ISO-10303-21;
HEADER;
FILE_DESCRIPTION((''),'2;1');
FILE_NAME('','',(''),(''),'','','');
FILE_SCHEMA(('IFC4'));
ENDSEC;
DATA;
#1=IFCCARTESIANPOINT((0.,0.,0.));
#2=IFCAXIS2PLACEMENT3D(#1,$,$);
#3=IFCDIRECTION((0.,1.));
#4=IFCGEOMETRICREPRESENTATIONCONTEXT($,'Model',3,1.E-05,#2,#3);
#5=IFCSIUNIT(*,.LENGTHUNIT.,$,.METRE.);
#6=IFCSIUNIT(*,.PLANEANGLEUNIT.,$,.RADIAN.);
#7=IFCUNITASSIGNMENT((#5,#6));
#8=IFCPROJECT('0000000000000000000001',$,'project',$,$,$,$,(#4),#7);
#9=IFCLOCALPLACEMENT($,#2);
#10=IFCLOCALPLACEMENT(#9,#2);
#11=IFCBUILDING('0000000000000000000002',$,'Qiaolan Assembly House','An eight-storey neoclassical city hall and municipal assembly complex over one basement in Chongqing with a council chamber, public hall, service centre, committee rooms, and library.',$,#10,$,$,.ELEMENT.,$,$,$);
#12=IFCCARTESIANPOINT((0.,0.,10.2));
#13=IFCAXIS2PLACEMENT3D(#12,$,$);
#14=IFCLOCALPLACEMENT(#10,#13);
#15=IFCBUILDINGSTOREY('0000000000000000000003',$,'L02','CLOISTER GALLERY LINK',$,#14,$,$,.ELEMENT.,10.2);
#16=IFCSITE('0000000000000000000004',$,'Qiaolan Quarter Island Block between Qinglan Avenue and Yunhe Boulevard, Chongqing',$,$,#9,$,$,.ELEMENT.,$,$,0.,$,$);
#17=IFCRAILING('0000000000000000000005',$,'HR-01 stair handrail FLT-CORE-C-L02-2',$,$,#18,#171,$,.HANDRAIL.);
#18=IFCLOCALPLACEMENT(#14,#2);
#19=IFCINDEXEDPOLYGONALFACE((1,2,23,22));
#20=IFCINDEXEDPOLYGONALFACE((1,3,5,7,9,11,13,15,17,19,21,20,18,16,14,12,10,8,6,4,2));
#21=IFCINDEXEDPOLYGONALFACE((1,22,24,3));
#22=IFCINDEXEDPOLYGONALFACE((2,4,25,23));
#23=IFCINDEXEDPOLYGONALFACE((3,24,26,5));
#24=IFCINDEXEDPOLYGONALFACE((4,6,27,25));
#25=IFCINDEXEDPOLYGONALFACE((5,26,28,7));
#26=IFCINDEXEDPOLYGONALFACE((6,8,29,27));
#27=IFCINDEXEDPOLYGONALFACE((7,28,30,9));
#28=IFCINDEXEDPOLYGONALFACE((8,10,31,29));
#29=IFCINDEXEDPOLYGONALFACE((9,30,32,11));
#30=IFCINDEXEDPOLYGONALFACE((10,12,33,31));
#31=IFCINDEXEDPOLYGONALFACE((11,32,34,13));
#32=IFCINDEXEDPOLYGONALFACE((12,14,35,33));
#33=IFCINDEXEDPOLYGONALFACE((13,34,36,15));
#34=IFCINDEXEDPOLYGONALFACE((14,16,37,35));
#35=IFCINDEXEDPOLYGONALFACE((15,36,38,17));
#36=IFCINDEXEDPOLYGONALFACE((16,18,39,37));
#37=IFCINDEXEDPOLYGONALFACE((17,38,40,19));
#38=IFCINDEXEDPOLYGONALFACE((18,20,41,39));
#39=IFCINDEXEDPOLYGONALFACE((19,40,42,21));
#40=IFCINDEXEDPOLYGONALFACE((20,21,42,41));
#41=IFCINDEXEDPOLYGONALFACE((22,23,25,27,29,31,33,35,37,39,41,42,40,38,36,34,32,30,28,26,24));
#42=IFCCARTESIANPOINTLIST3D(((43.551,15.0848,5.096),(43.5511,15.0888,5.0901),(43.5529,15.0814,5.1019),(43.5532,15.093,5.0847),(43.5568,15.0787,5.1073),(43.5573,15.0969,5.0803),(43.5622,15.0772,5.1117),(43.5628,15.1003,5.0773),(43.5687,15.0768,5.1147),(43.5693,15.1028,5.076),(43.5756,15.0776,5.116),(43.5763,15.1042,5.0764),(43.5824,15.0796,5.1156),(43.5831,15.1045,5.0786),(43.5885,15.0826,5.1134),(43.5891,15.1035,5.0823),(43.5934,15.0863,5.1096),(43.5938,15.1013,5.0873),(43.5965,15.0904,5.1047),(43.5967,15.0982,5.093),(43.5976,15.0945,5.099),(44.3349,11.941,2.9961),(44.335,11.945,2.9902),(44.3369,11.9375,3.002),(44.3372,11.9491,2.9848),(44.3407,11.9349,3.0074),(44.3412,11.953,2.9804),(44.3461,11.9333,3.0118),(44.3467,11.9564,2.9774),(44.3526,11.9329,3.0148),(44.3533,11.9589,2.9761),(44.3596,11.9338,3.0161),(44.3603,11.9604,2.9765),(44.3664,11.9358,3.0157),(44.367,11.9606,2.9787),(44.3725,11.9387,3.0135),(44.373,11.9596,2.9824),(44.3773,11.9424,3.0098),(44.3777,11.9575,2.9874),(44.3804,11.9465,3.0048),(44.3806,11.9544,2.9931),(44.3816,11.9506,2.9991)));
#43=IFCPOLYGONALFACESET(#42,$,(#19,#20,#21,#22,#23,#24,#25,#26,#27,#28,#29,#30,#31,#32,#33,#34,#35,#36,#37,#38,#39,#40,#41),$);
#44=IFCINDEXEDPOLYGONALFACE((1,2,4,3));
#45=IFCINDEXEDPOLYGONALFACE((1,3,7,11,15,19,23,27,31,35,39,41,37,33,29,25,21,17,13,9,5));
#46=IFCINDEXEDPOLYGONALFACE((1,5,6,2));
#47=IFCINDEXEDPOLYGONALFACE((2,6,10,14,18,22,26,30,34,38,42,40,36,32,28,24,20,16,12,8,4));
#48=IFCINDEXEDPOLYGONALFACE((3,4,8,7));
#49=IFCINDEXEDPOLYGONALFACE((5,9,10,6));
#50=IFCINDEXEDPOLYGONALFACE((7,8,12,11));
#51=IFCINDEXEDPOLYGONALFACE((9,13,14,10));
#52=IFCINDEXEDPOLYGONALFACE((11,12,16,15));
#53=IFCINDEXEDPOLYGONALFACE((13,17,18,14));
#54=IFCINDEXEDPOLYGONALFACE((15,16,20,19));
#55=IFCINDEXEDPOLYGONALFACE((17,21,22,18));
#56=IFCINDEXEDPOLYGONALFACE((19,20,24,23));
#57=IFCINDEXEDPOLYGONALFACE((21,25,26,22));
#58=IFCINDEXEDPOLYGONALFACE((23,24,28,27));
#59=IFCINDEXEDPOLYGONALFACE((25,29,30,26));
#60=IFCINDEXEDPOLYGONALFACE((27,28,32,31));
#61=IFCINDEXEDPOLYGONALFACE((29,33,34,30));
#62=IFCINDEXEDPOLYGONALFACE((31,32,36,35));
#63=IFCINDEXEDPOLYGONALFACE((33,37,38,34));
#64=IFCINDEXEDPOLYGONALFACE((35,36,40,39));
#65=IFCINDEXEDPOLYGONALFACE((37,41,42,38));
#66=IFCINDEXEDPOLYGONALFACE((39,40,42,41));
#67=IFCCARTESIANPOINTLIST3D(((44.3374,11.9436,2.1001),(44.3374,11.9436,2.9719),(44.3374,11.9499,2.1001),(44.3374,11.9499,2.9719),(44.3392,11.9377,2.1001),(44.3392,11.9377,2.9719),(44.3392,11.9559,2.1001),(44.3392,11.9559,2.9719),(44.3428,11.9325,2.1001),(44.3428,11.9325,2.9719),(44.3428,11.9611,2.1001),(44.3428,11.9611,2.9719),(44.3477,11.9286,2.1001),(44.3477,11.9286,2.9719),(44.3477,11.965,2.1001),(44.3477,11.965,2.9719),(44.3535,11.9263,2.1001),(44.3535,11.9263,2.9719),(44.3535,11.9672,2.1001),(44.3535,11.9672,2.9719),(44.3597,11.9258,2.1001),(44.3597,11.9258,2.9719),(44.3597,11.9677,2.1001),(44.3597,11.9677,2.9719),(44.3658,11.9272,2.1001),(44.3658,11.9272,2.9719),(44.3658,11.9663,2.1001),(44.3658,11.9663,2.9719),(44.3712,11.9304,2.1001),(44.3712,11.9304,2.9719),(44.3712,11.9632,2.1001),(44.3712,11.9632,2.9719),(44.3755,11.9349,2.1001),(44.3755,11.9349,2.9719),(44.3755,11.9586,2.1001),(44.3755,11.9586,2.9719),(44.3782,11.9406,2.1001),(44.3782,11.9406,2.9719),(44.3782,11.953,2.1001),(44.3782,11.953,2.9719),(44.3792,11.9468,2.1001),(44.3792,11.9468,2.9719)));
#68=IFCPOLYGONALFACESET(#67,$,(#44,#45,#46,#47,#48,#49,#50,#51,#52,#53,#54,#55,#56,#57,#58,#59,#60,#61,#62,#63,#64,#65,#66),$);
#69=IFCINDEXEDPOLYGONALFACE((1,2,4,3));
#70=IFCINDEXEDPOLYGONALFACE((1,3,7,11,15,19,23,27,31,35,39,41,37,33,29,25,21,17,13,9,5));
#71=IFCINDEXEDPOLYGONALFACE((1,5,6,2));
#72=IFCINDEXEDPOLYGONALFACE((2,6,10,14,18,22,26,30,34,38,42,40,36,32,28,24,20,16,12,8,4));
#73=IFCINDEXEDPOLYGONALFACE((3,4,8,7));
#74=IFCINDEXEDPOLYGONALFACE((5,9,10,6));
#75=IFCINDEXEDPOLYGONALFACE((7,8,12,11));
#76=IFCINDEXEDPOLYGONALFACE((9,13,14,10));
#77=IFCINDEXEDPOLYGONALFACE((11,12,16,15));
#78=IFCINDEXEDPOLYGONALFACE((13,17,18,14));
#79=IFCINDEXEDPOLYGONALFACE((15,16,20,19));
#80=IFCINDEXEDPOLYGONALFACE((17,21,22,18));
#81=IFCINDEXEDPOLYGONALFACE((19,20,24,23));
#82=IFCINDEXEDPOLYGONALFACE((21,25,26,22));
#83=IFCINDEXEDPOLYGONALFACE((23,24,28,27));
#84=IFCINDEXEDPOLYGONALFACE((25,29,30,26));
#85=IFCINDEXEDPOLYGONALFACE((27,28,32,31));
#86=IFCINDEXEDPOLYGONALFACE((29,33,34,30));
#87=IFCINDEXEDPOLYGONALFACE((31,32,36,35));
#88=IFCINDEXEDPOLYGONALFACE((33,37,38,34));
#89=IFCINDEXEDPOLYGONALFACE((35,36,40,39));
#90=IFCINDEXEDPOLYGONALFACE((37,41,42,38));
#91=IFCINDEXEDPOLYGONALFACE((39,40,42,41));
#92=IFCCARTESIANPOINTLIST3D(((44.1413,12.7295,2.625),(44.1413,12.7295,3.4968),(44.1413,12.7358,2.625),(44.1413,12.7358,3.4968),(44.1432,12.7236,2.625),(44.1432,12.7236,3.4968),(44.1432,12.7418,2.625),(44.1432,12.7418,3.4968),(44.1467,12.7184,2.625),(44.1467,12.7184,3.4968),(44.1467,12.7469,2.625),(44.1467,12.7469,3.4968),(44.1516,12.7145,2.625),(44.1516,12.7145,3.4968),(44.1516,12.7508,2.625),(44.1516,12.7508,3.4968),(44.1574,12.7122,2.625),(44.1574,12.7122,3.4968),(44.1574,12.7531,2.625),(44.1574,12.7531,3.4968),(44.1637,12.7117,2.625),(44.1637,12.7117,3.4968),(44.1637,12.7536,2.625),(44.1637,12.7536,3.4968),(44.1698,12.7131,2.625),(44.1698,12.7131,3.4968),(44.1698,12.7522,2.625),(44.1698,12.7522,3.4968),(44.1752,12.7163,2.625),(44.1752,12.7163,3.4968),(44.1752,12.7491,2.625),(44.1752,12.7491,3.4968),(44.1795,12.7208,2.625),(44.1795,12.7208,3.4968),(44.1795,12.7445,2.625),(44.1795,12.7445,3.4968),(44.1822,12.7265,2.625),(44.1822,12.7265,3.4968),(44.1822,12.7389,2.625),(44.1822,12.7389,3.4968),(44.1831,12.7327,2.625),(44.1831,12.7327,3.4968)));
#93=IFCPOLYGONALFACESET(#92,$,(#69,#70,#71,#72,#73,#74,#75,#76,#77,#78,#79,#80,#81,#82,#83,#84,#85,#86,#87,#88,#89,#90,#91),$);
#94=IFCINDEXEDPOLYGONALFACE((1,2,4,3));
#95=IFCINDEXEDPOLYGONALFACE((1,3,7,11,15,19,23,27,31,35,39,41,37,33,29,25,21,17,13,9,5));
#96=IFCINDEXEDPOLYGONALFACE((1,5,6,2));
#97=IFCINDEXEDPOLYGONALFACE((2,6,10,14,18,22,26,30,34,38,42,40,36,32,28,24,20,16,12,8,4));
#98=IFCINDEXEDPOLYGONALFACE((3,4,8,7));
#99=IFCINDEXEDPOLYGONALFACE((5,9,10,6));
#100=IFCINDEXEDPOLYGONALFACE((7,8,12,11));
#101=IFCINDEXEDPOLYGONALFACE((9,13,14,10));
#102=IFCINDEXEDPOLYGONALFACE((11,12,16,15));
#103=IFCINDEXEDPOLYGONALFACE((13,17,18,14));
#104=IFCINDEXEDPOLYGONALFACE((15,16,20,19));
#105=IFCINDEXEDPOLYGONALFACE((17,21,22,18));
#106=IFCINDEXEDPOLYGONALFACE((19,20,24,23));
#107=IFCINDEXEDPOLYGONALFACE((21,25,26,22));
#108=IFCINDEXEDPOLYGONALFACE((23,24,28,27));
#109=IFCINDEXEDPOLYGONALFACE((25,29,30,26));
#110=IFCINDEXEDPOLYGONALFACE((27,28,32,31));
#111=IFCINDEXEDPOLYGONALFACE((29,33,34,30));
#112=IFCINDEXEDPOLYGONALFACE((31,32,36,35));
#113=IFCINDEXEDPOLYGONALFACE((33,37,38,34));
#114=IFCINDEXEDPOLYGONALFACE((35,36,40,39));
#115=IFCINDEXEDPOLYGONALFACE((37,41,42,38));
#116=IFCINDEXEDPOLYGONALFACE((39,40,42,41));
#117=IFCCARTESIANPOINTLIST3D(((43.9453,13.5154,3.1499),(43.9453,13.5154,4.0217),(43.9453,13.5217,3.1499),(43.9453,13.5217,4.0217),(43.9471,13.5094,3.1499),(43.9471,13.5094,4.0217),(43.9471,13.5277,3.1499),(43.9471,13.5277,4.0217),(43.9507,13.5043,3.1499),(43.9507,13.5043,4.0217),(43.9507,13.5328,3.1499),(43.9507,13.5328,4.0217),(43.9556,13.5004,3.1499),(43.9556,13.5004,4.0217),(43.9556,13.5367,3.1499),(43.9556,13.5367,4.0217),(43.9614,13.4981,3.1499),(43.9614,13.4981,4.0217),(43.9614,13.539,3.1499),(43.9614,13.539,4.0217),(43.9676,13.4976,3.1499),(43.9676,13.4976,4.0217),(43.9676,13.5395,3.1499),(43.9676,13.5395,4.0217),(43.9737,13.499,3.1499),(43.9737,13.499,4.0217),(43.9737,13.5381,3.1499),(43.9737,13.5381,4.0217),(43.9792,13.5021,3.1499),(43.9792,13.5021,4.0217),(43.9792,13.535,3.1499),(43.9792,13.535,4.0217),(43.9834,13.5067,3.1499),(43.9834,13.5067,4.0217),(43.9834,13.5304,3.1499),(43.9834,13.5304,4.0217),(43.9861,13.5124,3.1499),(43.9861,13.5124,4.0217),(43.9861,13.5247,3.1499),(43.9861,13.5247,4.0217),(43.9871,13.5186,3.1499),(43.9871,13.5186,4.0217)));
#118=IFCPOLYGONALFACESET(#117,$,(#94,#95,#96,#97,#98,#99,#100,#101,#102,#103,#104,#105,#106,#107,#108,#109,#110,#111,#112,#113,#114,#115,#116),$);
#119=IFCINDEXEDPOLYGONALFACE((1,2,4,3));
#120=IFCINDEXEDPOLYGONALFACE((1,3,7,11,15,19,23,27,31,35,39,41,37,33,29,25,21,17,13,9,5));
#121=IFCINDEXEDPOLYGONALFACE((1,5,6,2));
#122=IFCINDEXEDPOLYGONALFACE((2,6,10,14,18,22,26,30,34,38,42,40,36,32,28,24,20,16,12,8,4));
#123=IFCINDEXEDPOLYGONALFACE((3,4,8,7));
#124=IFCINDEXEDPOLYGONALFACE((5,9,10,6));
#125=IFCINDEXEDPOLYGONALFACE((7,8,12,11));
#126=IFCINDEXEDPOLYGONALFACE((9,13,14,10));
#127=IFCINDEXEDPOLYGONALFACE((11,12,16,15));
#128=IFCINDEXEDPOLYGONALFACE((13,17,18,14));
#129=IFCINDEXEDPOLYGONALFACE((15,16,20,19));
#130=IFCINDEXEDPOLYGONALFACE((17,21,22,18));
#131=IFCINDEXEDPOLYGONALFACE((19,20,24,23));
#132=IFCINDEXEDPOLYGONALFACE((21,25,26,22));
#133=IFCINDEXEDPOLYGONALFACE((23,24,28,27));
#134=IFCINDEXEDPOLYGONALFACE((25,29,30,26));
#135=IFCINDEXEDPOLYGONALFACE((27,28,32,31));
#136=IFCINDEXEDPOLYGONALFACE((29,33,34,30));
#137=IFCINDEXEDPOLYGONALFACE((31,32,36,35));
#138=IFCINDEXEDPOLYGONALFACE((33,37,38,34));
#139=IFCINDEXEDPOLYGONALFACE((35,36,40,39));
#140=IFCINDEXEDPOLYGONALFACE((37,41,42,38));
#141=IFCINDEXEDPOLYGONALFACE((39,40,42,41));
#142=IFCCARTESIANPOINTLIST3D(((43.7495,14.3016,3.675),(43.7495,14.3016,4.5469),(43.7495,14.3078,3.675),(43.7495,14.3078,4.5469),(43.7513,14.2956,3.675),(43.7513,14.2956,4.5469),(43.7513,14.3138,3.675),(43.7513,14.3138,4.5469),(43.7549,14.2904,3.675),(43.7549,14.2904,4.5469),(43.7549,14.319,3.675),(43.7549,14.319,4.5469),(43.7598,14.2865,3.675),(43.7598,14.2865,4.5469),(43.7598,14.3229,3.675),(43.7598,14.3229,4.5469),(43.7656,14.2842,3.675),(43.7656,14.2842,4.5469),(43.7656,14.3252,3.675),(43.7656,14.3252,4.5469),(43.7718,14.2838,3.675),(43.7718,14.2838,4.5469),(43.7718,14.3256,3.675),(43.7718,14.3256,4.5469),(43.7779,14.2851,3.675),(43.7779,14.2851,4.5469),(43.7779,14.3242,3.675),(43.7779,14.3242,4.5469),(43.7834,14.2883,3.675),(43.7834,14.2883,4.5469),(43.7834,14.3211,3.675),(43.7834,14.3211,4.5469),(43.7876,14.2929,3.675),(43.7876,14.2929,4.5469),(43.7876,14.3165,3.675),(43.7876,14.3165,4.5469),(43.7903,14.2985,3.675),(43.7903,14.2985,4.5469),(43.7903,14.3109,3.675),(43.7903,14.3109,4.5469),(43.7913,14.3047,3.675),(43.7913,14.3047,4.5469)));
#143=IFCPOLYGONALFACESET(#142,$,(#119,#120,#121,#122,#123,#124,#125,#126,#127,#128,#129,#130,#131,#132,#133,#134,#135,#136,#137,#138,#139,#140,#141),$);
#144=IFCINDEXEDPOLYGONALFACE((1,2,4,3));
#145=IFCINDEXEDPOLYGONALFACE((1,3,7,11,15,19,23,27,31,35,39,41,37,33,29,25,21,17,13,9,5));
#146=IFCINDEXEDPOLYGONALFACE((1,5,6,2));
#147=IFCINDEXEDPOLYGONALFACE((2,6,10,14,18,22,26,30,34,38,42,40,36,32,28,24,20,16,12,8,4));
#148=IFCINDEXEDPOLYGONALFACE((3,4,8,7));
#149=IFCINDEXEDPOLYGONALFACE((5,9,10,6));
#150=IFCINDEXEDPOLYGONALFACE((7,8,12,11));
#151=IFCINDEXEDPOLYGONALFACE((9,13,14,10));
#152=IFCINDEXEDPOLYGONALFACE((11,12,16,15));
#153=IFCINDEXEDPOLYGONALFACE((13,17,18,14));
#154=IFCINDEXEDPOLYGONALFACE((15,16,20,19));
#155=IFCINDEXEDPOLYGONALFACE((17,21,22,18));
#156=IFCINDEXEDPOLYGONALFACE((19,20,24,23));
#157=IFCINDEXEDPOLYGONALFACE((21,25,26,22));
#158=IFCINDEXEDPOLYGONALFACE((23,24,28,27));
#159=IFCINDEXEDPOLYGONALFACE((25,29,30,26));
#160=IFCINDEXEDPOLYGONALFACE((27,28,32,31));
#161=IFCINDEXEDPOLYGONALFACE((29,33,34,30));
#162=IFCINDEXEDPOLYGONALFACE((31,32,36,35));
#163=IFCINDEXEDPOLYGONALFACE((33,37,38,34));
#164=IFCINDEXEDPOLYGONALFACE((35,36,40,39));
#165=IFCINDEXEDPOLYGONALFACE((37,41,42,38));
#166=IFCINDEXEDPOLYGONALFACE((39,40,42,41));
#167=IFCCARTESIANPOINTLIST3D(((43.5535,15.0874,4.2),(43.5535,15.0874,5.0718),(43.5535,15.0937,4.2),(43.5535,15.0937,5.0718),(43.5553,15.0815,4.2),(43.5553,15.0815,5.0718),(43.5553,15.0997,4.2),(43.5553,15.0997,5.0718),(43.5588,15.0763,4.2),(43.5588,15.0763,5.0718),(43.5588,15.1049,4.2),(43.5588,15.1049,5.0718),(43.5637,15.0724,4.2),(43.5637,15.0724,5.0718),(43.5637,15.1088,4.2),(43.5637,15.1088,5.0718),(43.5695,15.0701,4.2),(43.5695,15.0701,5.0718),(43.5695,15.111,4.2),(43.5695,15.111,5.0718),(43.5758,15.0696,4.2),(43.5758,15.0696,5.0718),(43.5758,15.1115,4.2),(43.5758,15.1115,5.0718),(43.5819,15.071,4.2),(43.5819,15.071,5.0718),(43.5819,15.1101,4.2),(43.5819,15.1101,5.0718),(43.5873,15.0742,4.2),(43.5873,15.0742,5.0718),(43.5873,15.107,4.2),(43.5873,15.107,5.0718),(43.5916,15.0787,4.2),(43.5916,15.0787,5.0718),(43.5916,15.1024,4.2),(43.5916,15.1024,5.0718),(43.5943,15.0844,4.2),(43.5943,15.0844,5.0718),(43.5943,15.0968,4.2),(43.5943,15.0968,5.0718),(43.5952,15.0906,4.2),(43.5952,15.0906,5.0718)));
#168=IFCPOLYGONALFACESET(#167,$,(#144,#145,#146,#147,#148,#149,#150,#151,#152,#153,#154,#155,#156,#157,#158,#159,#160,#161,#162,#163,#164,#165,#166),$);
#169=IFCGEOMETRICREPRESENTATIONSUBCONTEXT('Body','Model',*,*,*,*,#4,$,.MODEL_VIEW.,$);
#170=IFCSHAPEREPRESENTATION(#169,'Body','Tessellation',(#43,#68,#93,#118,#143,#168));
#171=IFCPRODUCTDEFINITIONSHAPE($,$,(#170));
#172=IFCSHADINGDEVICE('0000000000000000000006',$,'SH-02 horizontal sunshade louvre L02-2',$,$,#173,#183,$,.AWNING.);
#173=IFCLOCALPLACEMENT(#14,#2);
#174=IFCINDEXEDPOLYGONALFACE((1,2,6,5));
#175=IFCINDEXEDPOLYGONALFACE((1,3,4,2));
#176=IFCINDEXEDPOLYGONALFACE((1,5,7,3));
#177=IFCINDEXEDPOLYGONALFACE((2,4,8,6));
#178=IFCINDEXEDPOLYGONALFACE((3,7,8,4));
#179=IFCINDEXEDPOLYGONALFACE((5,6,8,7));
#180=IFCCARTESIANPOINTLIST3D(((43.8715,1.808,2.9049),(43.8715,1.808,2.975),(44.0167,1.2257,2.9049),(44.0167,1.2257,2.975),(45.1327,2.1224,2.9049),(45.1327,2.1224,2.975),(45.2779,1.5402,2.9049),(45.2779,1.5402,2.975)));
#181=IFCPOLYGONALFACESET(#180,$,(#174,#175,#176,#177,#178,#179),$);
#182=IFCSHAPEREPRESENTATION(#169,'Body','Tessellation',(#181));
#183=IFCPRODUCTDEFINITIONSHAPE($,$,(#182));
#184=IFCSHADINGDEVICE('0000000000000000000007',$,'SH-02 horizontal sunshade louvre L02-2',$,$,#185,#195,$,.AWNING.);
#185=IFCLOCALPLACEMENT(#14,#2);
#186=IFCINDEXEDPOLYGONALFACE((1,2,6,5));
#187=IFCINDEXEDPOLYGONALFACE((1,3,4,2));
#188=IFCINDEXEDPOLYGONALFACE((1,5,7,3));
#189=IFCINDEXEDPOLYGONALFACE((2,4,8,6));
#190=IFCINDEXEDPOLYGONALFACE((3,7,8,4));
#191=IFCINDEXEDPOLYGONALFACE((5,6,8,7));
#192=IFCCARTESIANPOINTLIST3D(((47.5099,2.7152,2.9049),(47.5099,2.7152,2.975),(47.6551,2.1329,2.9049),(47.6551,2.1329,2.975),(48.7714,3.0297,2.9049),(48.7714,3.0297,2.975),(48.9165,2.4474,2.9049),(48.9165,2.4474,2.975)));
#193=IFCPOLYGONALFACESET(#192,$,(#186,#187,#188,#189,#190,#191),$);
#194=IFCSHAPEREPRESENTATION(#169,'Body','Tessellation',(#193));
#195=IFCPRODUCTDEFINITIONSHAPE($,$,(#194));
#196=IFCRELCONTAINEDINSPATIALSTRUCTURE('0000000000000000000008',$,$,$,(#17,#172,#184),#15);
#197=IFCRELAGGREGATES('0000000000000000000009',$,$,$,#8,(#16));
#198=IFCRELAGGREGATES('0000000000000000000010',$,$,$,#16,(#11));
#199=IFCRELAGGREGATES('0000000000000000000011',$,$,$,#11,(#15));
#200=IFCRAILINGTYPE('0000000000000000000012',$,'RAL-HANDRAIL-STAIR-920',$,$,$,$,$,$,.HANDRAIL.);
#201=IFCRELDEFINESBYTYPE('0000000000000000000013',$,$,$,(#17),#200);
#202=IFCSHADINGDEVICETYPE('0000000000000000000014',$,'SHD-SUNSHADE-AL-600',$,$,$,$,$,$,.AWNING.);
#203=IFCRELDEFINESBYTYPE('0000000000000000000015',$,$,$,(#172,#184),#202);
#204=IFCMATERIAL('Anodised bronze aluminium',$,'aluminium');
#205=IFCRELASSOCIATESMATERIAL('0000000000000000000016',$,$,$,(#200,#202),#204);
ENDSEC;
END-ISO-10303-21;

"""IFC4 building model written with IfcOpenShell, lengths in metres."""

from ifc_helpers import new_model, si_unit, direction, frame, origin, origin_2d, place, context, subcontext, project, spatial, rectangle, circle, extrude, material, material_profile, profile_set, type_object, element, save


model = new_model("IFC4")

# Units and contexts
model_context = context("Model", 3, precision=1e-05, world=origin(), true_north=direction((0.0, 1.0)))
body_context = subcontext(model_context, "Body", "Model", "MODEL_VIEW")
ifc_project = project(units=[si_unit("LENGTHUNIT", "METRE"), si_unit("PLANEANGLEUNIT", "RADIAN")], contexts=[model_context])

# Site, building, storey
site_placement = place(None, origin())
site = spatial("IfcSite", under=ifc_project, at=site_placement, Name="Qiaolan Quarter Island Block between Qinglan Avenue and Yunhe Boulevard, Chongqing", CompositionType="ELEMENT", RefElevation=0.0)
building_placement = place(site_placement, origin())
building = spatial("IfcBuilding", under=site, at=building_placement, Name="Qiaolan Assembly House", Description="An eight-storey neoclassical city hall and municipal assembly complex over one basement in Chongqing with a council chamber, public hall, service centre, committee rooms, and library.", CompositionType="ELEMENT")
storey_placement = place(building_placement, frame((0.0, 0.0, 10.2)))
storey = spatial("IfcBuildingStorey", under=building, at=storey_placement, Name="L02", Description="CLOISTER GALLERY LINK", CompositionType="ELEMENT", Elevation=10.2)

# Railing
ifc_material_1 = material(Name="Anodised bronze aluminium", Category="aluminium")
railing_type_1 = type_object("IfcRailingType", Name="RAL-HANDRAIL-STAIR-920", PredefinedType="HANDRAIL", material=ifc_material_1)
railing_1_placement = place(storey_placement, frame((44.3582, 11.9468, 2.1001)))
element("IfcRailing", 1, at=railing_1_placement, inside=storey, type_object=railing_type_1, Name="HR-01 stair handrail FLT-CORE-C-L02-2", PredefinedType="HANDRAIL", context=body_context, shape_type="SweptSolid", body=[
    extrude(circle(Radius=0.0239, at=origin_2d()), frame((0.0, 0.0, 0.896), z_axis=(-0.203039, 0.814242, 0.543861), x_axis=(-0.970289, -0.241951, 0.0)), (0.0, 0.0, 1.0), 3.8611),
    extrude(circle(Radius=0.021, at=origin_2d()), origin(), (0.0, 0.0, 1.0), 0.8718),
    extrude(circle(Radius=0.021, at=origin_2d()), frame((-0.196, 0.7859, 0.5249)), (0.0, 0.0, 1.0), 0.8718),
    extrude(circle(Radius=0.021, at=origin_2d()), frame((-0.3921, 1.5718, 1.0498)), (0.0, 0.0, 1.0), 0.8718),
    extrude(circle(Radius=0.021, at=origin_2d()), frame((-0.5879, 2.3579, 1.575)), (0.0, 0.0, 1.0), 0.8718),
    extrude(circle(Radius=0.021, at=origin_2d()), frame((-0.7839, 3.1438, 2.0999)), (0.0, 0.0, 1.0), 0.8718),
])

# Shading devices
ifc_material_profile_1 = material_profile(ifc_material_1, rectangle(XDim=0.6001, YDim=0.0701, at=origin_2d()), Name="SHD 600x70")
ifc_profile_set_1 = profile_set([ifc_material_profile_1], Name="Anodised bronze aluminium")
shading_device_type = type_object("IfcShadingDeviceType", Name="SHD-SUNSHADE-AL-600", PredefinedType="AWNING", material=ifc_profile_set_1)
shading_device_1_placement = place(storey_placement, frame((43.9441, 1.5168, 2.9399), z_axis=(0.970297, 0.241917, 0.0), x_axis=(-0.241917, 0.970297, 0.0)))
element("IfcShadingDevice", 2, at=shading_device_1_placement, inside=storey, type_object=shading_device_type, Name="SH-02 horizontal sunshade louvre L02-2", PredefinedType="AWNING", context=body_context, shape_type="SweptSolid", body=[
    extrude(rectangle(XDim=0.6001, YDim=0.0701, at=origin_2d()), origin(), (0.0, 0.0, 1.0), 1.2998),
])
shading_device_2_placement = place(storey_placement, frame((47.5825, 2.4241, 2.9399), z_axis=(0.970308, 0.241873, 0.0), x_axis=(-0.241873, 0.970308, 0.0)))
element("IfcShadingDevice", 3, at=shading_device_2_placement, inside=storey, type_object=shading_device_type, Name="SH-02 horizontal sunshade louvre L02-2", PredefinedType="AWNING", context=body_context, shape_type="SweptSolid", body=[
    extrude(rectangle(XDim=0.6001, YDim=0.0701, at=origin_2d()), origin(), (0.0, 0.0, 1.0), 1.3),
])

save(model, "model.ifc")
